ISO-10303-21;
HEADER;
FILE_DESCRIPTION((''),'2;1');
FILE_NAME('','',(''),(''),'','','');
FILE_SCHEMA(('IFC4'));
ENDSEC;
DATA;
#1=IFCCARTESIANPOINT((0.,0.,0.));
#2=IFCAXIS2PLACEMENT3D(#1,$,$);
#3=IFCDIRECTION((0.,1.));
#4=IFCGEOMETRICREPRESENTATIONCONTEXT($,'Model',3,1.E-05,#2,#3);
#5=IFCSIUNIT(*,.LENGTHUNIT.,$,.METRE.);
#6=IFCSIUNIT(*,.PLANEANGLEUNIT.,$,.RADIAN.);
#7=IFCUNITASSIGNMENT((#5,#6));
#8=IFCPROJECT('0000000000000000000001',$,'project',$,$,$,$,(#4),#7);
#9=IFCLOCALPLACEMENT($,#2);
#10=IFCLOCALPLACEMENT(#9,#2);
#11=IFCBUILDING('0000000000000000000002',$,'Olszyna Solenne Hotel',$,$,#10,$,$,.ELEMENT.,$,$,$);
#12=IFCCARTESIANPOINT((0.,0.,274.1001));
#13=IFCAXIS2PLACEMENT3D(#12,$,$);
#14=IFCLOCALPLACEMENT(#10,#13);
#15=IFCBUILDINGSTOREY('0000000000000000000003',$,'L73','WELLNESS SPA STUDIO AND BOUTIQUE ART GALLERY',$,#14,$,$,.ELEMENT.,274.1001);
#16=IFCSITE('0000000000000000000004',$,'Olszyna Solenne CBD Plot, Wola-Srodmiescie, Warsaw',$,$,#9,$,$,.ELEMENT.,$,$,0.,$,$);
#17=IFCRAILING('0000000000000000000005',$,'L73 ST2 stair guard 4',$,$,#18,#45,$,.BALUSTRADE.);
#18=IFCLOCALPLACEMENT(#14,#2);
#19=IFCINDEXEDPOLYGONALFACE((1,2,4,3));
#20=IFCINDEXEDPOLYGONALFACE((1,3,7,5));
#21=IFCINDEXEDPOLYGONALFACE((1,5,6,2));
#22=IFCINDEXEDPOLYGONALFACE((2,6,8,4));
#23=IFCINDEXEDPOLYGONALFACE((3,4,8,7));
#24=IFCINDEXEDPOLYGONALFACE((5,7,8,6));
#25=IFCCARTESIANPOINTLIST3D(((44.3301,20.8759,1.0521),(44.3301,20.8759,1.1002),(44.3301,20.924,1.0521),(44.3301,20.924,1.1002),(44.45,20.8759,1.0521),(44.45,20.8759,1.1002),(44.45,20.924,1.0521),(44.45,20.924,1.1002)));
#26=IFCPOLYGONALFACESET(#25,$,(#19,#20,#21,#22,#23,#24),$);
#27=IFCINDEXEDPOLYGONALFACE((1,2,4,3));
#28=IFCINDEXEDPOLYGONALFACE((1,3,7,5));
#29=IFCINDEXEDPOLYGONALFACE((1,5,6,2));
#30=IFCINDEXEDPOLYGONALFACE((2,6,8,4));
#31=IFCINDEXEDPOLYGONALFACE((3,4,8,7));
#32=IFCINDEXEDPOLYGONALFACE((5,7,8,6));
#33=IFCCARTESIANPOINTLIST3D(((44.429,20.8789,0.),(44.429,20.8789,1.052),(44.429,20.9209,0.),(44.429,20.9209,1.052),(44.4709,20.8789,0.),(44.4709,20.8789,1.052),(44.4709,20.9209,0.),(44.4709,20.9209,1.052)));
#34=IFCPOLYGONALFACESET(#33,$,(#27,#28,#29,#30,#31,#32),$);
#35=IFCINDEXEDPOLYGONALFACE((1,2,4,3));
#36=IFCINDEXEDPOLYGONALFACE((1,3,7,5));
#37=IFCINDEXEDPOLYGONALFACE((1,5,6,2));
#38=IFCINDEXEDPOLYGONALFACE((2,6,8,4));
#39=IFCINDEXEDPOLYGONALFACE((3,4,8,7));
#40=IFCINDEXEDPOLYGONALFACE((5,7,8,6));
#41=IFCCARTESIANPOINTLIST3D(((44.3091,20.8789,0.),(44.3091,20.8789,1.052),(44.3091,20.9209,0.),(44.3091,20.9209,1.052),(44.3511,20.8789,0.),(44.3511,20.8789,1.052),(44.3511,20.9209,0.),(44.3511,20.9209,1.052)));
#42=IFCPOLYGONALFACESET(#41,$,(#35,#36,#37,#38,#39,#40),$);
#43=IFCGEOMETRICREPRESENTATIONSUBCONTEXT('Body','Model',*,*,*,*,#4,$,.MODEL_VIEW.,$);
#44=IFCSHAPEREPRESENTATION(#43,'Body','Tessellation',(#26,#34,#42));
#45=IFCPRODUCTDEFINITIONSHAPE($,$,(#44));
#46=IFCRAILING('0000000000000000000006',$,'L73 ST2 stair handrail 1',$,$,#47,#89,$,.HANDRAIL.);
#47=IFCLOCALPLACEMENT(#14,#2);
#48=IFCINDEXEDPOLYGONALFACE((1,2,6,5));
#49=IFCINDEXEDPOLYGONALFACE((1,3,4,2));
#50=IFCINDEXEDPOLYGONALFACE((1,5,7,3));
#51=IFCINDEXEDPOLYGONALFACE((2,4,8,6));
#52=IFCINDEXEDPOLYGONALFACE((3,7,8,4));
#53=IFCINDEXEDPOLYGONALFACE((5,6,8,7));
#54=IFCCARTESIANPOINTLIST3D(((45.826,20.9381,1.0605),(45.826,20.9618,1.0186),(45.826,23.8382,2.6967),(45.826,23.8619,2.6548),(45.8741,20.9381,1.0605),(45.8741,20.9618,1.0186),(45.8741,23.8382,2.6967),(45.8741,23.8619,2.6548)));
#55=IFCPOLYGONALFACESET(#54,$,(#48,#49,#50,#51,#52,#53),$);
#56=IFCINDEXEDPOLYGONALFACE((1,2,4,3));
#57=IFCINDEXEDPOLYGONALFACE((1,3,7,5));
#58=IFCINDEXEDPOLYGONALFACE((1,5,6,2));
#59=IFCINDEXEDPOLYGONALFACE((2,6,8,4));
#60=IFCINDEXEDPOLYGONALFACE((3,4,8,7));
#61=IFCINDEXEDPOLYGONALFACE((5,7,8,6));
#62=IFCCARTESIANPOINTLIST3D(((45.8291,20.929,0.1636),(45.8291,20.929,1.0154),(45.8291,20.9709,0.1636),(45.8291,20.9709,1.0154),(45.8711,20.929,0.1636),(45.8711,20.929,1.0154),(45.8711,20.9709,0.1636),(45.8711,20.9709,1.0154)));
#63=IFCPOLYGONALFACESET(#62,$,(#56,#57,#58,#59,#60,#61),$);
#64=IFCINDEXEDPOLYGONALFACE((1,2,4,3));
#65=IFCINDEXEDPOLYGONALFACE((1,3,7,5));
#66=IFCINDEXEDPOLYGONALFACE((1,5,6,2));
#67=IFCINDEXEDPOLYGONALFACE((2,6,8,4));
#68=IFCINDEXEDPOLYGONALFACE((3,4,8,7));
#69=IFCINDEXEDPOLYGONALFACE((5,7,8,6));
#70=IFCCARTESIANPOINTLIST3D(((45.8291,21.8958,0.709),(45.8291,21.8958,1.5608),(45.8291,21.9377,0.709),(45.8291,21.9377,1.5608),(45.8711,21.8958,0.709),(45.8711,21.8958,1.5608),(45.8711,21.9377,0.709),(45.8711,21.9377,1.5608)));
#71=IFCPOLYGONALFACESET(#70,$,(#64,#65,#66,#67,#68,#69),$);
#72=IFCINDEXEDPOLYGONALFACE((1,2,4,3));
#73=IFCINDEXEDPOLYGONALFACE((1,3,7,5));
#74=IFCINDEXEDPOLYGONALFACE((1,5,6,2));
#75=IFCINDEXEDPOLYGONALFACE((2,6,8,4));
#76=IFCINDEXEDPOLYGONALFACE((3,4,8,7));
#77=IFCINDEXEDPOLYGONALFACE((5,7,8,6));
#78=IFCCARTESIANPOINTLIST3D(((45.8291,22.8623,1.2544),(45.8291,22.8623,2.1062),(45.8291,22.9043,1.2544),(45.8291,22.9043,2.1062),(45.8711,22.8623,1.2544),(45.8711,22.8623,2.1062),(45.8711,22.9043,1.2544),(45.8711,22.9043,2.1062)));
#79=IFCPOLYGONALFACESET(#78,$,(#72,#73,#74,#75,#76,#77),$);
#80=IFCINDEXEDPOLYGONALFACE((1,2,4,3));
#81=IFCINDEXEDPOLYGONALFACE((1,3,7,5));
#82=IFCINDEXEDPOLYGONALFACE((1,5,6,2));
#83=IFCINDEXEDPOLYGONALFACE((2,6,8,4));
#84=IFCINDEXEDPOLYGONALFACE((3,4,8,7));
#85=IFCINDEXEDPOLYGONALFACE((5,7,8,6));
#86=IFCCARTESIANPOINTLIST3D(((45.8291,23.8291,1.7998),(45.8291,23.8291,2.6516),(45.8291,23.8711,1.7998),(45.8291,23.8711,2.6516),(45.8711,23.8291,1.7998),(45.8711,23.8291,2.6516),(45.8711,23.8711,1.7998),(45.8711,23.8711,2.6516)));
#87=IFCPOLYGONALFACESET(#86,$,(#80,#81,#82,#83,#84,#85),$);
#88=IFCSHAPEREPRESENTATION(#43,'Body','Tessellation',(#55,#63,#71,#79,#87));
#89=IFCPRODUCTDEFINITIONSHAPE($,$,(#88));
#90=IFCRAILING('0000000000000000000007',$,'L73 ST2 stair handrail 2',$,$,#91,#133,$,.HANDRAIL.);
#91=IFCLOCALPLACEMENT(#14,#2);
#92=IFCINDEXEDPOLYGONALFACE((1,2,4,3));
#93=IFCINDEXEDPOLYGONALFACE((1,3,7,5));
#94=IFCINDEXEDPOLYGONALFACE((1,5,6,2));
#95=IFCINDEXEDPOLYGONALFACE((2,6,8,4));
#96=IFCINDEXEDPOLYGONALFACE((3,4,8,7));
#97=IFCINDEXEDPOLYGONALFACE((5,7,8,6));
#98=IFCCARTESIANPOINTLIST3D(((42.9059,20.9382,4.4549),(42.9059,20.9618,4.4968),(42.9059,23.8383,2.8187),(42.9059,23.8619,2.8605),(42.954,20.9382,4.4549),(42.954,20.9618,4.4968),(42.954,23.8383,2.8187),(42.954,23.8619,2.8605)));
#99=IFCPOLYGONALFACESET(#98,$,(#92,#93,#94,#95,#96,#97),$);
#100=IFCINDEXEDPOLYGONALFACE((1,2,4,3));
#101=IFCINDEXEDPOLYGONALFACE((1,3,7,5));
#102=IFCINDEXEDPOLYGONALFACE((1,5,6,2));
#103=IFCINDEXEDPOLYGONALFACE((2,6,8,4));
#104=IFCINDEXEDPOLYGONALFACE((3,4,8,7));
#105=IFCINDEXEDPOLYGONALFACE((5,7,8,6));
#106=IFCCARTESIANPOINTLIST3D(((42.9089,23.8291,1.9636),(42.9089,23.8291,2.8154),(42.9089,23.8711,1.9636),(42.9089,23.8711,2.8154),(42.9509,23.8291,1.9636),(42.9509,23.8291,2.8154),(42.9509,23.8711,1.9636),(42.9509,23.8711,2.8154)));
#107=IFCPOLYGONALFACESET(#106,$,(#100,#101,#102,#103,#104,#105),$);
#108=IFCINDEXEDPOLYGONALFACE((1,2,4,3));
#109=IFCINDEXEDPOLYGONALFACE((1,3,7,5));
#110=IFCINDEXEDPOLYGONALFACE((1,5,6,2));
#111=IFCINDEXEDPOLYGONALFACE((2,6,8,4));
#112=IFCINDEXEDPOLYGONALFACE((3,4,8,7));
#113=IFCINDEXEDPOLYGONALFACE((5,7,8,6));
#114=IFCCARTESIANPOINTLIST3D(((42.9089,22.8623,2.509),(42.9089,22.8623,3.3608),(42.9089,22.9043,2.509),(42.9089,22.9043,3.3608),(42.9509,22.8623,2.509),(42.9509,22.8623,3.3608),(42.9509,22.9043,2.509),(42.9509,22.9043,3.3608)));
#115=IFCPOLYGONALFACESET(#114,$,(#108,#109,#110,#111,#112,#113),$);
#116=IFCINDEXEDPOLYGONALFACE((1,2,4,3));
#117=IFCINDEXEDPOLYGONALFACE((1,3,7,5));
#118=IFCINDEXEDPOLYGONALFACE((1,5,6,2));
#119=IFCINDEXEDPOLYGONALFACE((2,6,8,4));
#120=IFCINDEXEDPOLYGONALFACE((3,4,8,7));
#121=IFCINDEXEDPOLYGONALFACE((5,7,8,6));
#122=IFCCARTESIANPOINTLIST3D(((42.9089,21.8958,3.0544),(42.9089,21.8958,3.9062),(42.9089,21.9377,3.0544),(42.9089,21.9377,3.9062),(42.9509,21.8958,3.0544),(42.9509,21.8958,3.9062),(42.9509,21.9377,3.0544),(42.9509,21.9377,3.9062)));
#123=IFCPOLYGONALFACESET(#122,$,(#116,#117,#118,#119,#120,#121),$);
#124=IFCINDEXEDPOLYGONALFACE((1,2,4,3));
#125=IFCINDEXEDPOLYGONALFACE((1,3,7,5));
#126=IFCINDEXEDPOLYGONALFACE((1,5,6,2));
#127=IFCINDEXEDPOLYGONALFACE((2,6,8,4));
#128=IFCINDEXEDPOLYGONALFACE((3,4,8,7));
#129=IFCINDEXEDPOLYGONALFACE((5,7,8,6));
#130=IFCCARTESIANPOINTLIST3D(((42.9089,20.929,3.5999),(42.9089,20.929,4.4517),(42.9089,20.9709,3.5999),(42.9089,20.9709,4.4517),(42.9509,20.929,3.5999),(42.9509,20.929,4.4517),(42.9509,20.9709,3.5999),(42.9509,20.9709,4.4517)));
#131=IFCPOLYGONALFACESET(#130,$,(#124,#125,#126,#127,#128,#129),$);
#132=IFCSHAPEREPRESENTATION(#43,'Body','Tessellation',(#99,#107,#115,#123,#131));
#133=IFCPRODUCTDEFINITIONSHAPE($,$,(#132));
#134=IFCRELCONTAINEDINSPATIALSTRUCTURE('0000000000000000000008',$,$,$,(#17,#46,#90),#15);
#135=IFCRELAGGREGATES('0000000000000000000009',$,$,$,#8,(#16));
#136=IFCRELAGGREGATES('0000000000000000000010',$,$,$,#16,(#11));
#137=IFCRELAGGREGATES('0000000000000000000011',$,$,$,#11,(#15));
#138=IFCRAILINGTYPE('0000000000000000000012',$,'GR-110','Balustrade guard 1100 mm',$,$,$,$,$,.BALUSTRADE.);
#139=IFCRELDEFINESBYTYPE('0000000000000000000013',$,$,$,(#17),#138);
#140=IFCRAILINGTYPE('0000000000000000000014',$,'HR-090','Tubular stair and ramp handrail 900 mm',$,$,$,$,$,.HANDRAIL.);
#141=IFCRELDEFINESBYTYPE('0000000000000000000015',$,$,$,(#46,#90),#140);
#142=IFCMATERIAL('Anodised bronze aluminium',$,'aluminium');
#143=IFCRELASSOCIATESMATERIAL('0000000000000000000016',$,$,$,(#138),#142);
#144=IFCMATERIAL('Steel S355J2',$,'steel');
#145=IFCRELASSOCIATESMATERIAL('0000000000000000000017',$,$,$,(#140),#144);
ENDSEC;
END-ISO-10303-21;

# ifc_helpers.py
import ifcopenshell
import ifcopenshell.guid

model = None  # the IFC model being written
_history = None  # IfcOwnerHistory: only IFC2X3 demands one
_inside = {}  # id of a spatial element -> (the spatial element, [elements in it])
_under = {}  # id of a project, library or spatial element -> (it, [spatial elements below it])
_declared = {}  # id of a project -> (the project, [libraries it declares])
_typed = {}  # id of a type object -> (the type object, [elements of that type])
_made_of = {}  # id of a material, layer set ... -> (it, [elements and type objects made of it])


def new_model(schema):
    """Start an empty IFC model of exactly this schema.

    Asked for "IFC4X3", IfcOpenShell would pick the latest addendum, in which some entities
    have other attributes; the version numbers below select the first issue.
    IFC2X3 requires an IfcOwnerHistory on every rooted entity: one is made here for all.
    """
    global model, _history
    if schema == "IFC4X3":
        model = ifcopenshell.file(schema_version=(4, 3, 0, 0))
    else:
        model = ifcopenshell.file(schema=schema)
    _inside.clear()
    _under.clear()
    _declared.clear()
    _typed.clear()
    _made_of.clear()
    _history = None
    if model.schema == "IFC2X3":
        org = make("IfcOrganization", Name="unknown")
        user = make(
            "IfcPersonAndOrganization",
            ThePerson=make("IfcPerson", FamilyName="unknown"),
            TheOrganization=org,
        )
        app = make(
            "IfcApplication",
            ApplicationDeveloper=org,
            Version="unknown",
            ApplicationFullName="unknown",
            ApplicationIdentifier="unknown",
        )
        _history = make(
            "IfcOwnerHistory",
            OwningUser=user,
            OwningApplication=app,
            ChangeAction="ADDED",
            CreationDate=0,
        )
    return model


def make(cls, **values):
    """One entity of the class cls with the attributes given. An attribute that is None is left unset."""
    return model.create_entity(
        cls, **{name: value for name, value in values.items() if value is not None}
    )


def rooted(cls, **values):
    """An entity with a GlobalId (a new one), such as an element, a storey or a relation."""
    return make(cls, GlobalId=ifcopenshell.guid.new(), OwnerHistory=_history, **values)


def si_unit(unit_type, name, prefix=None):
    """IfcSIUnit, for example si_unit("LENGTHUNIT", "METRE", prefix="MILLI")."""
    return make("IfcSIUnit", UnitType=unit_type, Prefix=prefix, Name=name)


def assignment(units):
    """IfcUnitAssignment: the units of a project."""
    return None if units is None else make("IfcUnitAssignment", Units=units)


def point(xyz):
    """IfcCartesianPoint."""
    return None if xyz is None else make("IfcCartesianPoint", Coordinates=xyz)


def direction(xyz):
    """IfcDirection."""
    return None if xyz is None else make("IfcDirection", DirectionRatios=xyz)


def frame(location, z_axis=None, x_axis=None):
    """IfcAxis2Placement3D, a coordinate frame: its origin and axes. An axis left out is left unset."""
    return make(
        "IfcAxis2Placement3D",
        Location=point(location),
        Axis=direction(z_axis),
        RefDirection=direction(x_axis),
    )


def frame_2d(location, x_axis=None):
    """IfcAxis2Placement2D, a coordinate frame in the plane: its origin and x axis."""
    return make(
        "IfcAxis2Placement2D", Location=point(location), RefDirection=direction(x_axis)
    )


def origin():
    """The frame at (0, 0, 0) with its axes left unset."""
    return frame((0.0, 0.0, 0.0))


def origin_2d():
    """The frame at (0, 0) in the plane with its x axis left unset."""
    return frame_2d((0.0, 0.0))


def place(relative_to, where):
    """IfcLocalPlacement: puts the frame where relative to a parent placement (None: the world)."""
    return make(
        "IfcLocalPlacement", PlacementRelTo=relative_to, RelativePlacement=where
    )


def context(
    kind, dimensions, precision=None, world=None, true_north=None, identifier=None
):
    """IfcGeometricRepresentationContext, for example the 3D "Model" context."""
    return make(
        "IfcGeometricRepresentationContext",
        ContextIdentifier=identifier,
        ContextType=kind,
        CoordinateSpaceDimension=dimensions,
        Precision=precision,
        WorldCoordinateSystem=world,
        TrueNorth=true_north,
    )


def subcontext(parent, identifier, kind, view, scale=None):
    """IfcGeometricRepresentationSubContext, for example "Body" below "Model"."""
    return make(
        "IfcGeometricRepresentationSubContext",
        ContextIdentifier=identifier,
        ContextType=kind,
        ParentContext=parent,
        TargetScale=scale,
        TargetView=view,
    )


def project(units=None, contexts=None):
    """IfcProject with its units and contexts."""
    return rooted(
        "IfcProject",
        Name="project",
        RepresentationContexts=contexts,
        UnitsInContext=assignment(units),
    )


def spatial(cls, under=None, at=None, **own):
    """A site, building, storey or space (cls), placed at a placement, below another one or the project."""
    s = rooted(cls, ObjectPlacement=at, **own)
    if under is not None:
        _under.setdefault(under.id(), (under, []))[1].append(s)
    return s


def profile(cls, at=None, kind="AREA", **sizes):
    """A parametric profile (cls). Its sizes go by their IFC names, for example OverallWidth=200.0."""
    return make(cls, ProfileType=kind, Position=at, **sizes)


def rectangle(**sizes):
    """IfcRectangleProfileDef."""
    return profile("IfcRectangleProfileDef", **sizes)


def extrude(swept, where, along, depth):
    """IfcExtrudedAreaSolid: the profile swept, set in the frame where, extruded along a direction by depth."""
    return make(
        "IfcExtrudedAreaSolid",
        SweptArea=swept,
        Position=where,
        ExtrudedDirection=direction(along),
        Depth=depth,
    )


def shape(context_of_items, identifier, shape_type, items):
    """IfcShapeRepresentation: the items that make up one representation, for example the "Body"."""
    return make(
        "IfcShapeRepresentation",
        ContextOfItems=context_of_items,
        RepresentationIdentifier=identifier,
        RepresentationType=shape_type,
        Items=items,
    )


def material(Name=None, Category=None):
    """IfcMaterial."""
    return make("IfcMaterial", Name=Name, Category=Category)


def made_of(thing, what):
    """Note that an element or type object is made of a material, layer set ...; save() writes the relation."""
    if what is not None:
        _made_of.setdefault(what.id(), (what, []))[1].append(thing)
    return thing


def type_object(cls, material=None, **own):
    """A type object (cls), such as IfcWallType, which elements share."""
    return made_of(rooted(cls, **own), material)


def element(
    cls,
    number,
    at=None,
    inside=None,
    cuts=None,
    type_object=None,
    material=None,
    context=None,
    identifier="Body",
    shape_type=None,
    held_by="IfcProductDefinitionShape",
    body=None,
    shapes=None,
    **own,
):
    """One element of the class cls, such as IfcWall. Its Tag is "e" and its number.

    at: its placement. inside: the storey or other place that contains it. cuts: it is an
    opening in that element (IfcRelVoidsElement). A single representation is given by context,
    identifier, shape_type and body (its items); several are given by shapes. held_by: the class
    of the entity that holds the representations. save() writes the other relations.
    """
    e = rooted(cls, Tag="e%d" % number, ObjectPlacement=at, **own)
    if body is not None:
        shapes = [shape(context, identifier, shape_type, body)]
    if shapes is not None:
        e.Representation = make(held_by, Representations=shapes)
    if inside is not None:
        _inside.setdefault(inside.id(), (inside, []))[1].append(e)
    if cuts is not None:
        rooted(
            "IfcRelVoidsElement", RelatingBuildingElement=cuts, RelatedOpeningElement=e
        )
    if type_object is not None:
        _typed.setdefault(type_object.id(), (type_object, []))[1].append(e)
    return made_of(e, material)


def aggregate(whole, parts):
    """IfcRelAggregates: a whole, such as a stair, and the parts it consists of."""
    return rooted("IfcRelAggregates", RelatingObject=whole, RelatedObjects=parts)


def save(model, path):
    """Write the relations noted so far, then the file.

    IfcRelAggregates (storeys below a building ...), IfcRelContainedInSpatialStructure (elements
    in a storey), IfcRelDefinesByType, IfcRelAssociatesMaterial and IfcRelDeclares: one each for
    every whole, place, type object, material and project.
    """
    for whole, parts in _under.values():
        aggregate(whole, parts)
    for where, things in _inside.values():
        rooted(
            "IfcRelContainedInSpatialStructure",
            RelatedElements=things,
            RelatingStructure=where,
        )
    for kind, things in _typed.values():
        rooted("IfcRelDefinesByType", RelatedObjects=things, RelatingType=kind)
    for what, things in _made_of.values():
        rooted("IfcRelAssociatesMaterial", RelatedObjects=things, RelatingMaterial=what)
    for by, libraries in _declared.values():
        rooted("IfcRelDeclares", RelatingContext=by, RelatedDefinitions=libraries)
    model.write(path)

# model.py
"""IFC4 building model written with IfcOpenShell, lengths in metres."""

from ifc_helpers import new_model, si_unit, direction, frame, origin, origin_2d, place, context, subcontext, project, spatial, rectangle, extrude, material, type_object, element, save


model = new_model("IFC4")

# Units and contexts
model_context = context("Model", 3, precision=1e-05, world=origin(), true_north=direction((0.0, 1.0)))
body_context = subcontext(model_context, "Body", "Model", "MODEL_VIEW")
ifc_project = project(units=[si_unit("LENGTHUNIT", "METRE"), si_unit("PLANEANGLEUNIT", "RADIAN")], contexts=[model_context])

# Site, building, storey
site_placement = place(None, origin())
site = spatial("IfcSite", under=ifc_project, at=site_placement, Name="Olszyna Solenne CBD Plot, Wola-Srodmiescie, Warsaw", CompositionType="ELEMENT", RefElevation=0.0)
building_placement = place(site_placement, origin())
building = spatial("IfcBuilding", under=site, at=building_placement, Name="Olszyna Solenne Hotel", CompositionType="ELEMENT")
storey_placement = place(building_placement, frame((0.0, 0.0, 274.1001)))
storey = spatial("IfcBuildingStorey", under=building, at=storey_placement, Name="L73", Description="WELLNESS SPA STUDIO AND BOUTIQUE ART GALLERY", CompositionType="ELEMENT", Elevation=274.1001)

# Shared definitions
ifc_material_1 = material(Name="Steel S355J2", Category="steel")

# Shared definitions
ifc_material_2 = material(Name="Anodised bronze aluminium", Category="aluminium")

# Railings
railing_type_1 = type_object("IfcRailingType", Name="GR-110", Description="Balustrade guard 1100 mm", PredefinedType="BALUSTRADE", material=ifc_material_2)
railing_1_placement = place(storey_placement, frame((44.45, 20.8999, 0.0)))
element("IfcRailing", 1, at=railing_1_placement, inside=storey, type_object=railing_type_1, Name="L73 ST2 stair guard 4", PredefinedType="BALUSTRADE", context=body_context, shape_type="SweptSolid", body=[
    extrude(rectangle(XDim=0.0481, YDim=0.0481, at=origin_2d()), frame((0.0, 0.0, 1.0762), z_axis=(-1.0, 0.0, 0.0), x_axis=(0.0, -1.0, 0.0)), (0.0, 0.0, 1.0), 0.1199),
    extrude(rectangle(XDim=0.042, YDim=0.042, at=origin_2d()), origin(), (0.0, 0.0, 1.0), 1.052),
    extrude(rectangle(XDim=0.042, YDim=0.042, at=origin_2d()), frame((-0.1199, 0.0, 0.0)), (0.0, 0.0, 1.0), 1.052),
])
railing_type_2 = type_object("IfcRailingType", Name="HR-090", Description="Tubular stair and ramp handrail 900 mm", PredefinedType="HANDRAIL", material=ifc_material_1)
railing_2_placement = place(storey_placement, frame((45.8501, 20.95, 0.1636)))
element("IfcRailing", 2, at=railing_2_placement, inside=storey, type_object=railing_type_2, Name="L73 ST2 stair handrail 1", PredefinedType="HANDRAIL", context=body_context, shape_type="SweptSolid", body=[
    extrude(rectangle(XDim=0.0481, YDim=0.0481, at=origin_2d()), frame((0.0, 0.0, 0.876), z_axis=(0.0, 0.870946, 0.491378), x_axis=(-1.0, 0.0, 0.0)), (0.0, 0.0, 1.0), 3.3298),
    extrude(rectangle(XDim=0.042, YDim=0.042, at=origin_2d()), origin(), (0.0, 0.0, 1.0), 0.8518),
    extrude(rectangle(XDim=0.042, YDim=0.042, at=origin_2d()), frame((0.0, 0.9668, 0.5454)), (0.0, 0.0, 1.0), 0.8518),
    extrude(rectangle(XDim=0.042, YDim=0.042, at=origin_2d()), frame((0.0, 1.9333, 1.0908)), (0.0, 0.0, 1.0), 0.8518),
    extrude(rectangle(XDim=0.042, YDim=0.042, at=origin_2d()), frame((0.0, 2.9001, 1.6362)), (0.0, 0.0, 1.0), 0.8518),
])
railing_3_placement = place(storey_placement, frame((42.9299, 23.8501, 1.9636)))
element("IfcRailing", 3, at=railing_3_placement, inside=storey, type_object=railing_type_2, Name="L73 ST2 stair handrail 2", PredefinedType="HANDRAIL", context=body_context, shape_type="SweptSolid", body=[
    extrude(rectangle(XDim=0.0481, YDim=0.0481, at=origin_2d()), frame((0.0, 0.0, 0.876), z_axis=(0.0, -0.870946, 0.491378), x_axis=(1.0, 0.0, 0.0)), (0.0, 0.0, 1.0), 3.3298),
    extrude(rectangle(XDim=0.042, YDim=0.042, at=origin_2d()), origin(), (0.0, 0.0, 1.0), 0.8518),
    extrude(rectangle(XDim=0.042, YDim=0.042, at=origin_2d()), frame((0.0, -0.9668, 0.5454)), (0.0, 0.0, 1.0), 0.8518),
    extrude(rectangle(XDim=0.042, YDim=0.042, at=origin_2d()), frame((0.0, -1.9333, 1.0908)), (0.0, 0.0, 1.0), 0.8518),
    extrude(rectangle(XDim=0.042, YDim=0.042, at=origin_2d()), frame((0.0, -2.9001, 1.6362)), (0.0, 0.0, 1.0), 0.8518),
])

save(model, "model.ifc")
